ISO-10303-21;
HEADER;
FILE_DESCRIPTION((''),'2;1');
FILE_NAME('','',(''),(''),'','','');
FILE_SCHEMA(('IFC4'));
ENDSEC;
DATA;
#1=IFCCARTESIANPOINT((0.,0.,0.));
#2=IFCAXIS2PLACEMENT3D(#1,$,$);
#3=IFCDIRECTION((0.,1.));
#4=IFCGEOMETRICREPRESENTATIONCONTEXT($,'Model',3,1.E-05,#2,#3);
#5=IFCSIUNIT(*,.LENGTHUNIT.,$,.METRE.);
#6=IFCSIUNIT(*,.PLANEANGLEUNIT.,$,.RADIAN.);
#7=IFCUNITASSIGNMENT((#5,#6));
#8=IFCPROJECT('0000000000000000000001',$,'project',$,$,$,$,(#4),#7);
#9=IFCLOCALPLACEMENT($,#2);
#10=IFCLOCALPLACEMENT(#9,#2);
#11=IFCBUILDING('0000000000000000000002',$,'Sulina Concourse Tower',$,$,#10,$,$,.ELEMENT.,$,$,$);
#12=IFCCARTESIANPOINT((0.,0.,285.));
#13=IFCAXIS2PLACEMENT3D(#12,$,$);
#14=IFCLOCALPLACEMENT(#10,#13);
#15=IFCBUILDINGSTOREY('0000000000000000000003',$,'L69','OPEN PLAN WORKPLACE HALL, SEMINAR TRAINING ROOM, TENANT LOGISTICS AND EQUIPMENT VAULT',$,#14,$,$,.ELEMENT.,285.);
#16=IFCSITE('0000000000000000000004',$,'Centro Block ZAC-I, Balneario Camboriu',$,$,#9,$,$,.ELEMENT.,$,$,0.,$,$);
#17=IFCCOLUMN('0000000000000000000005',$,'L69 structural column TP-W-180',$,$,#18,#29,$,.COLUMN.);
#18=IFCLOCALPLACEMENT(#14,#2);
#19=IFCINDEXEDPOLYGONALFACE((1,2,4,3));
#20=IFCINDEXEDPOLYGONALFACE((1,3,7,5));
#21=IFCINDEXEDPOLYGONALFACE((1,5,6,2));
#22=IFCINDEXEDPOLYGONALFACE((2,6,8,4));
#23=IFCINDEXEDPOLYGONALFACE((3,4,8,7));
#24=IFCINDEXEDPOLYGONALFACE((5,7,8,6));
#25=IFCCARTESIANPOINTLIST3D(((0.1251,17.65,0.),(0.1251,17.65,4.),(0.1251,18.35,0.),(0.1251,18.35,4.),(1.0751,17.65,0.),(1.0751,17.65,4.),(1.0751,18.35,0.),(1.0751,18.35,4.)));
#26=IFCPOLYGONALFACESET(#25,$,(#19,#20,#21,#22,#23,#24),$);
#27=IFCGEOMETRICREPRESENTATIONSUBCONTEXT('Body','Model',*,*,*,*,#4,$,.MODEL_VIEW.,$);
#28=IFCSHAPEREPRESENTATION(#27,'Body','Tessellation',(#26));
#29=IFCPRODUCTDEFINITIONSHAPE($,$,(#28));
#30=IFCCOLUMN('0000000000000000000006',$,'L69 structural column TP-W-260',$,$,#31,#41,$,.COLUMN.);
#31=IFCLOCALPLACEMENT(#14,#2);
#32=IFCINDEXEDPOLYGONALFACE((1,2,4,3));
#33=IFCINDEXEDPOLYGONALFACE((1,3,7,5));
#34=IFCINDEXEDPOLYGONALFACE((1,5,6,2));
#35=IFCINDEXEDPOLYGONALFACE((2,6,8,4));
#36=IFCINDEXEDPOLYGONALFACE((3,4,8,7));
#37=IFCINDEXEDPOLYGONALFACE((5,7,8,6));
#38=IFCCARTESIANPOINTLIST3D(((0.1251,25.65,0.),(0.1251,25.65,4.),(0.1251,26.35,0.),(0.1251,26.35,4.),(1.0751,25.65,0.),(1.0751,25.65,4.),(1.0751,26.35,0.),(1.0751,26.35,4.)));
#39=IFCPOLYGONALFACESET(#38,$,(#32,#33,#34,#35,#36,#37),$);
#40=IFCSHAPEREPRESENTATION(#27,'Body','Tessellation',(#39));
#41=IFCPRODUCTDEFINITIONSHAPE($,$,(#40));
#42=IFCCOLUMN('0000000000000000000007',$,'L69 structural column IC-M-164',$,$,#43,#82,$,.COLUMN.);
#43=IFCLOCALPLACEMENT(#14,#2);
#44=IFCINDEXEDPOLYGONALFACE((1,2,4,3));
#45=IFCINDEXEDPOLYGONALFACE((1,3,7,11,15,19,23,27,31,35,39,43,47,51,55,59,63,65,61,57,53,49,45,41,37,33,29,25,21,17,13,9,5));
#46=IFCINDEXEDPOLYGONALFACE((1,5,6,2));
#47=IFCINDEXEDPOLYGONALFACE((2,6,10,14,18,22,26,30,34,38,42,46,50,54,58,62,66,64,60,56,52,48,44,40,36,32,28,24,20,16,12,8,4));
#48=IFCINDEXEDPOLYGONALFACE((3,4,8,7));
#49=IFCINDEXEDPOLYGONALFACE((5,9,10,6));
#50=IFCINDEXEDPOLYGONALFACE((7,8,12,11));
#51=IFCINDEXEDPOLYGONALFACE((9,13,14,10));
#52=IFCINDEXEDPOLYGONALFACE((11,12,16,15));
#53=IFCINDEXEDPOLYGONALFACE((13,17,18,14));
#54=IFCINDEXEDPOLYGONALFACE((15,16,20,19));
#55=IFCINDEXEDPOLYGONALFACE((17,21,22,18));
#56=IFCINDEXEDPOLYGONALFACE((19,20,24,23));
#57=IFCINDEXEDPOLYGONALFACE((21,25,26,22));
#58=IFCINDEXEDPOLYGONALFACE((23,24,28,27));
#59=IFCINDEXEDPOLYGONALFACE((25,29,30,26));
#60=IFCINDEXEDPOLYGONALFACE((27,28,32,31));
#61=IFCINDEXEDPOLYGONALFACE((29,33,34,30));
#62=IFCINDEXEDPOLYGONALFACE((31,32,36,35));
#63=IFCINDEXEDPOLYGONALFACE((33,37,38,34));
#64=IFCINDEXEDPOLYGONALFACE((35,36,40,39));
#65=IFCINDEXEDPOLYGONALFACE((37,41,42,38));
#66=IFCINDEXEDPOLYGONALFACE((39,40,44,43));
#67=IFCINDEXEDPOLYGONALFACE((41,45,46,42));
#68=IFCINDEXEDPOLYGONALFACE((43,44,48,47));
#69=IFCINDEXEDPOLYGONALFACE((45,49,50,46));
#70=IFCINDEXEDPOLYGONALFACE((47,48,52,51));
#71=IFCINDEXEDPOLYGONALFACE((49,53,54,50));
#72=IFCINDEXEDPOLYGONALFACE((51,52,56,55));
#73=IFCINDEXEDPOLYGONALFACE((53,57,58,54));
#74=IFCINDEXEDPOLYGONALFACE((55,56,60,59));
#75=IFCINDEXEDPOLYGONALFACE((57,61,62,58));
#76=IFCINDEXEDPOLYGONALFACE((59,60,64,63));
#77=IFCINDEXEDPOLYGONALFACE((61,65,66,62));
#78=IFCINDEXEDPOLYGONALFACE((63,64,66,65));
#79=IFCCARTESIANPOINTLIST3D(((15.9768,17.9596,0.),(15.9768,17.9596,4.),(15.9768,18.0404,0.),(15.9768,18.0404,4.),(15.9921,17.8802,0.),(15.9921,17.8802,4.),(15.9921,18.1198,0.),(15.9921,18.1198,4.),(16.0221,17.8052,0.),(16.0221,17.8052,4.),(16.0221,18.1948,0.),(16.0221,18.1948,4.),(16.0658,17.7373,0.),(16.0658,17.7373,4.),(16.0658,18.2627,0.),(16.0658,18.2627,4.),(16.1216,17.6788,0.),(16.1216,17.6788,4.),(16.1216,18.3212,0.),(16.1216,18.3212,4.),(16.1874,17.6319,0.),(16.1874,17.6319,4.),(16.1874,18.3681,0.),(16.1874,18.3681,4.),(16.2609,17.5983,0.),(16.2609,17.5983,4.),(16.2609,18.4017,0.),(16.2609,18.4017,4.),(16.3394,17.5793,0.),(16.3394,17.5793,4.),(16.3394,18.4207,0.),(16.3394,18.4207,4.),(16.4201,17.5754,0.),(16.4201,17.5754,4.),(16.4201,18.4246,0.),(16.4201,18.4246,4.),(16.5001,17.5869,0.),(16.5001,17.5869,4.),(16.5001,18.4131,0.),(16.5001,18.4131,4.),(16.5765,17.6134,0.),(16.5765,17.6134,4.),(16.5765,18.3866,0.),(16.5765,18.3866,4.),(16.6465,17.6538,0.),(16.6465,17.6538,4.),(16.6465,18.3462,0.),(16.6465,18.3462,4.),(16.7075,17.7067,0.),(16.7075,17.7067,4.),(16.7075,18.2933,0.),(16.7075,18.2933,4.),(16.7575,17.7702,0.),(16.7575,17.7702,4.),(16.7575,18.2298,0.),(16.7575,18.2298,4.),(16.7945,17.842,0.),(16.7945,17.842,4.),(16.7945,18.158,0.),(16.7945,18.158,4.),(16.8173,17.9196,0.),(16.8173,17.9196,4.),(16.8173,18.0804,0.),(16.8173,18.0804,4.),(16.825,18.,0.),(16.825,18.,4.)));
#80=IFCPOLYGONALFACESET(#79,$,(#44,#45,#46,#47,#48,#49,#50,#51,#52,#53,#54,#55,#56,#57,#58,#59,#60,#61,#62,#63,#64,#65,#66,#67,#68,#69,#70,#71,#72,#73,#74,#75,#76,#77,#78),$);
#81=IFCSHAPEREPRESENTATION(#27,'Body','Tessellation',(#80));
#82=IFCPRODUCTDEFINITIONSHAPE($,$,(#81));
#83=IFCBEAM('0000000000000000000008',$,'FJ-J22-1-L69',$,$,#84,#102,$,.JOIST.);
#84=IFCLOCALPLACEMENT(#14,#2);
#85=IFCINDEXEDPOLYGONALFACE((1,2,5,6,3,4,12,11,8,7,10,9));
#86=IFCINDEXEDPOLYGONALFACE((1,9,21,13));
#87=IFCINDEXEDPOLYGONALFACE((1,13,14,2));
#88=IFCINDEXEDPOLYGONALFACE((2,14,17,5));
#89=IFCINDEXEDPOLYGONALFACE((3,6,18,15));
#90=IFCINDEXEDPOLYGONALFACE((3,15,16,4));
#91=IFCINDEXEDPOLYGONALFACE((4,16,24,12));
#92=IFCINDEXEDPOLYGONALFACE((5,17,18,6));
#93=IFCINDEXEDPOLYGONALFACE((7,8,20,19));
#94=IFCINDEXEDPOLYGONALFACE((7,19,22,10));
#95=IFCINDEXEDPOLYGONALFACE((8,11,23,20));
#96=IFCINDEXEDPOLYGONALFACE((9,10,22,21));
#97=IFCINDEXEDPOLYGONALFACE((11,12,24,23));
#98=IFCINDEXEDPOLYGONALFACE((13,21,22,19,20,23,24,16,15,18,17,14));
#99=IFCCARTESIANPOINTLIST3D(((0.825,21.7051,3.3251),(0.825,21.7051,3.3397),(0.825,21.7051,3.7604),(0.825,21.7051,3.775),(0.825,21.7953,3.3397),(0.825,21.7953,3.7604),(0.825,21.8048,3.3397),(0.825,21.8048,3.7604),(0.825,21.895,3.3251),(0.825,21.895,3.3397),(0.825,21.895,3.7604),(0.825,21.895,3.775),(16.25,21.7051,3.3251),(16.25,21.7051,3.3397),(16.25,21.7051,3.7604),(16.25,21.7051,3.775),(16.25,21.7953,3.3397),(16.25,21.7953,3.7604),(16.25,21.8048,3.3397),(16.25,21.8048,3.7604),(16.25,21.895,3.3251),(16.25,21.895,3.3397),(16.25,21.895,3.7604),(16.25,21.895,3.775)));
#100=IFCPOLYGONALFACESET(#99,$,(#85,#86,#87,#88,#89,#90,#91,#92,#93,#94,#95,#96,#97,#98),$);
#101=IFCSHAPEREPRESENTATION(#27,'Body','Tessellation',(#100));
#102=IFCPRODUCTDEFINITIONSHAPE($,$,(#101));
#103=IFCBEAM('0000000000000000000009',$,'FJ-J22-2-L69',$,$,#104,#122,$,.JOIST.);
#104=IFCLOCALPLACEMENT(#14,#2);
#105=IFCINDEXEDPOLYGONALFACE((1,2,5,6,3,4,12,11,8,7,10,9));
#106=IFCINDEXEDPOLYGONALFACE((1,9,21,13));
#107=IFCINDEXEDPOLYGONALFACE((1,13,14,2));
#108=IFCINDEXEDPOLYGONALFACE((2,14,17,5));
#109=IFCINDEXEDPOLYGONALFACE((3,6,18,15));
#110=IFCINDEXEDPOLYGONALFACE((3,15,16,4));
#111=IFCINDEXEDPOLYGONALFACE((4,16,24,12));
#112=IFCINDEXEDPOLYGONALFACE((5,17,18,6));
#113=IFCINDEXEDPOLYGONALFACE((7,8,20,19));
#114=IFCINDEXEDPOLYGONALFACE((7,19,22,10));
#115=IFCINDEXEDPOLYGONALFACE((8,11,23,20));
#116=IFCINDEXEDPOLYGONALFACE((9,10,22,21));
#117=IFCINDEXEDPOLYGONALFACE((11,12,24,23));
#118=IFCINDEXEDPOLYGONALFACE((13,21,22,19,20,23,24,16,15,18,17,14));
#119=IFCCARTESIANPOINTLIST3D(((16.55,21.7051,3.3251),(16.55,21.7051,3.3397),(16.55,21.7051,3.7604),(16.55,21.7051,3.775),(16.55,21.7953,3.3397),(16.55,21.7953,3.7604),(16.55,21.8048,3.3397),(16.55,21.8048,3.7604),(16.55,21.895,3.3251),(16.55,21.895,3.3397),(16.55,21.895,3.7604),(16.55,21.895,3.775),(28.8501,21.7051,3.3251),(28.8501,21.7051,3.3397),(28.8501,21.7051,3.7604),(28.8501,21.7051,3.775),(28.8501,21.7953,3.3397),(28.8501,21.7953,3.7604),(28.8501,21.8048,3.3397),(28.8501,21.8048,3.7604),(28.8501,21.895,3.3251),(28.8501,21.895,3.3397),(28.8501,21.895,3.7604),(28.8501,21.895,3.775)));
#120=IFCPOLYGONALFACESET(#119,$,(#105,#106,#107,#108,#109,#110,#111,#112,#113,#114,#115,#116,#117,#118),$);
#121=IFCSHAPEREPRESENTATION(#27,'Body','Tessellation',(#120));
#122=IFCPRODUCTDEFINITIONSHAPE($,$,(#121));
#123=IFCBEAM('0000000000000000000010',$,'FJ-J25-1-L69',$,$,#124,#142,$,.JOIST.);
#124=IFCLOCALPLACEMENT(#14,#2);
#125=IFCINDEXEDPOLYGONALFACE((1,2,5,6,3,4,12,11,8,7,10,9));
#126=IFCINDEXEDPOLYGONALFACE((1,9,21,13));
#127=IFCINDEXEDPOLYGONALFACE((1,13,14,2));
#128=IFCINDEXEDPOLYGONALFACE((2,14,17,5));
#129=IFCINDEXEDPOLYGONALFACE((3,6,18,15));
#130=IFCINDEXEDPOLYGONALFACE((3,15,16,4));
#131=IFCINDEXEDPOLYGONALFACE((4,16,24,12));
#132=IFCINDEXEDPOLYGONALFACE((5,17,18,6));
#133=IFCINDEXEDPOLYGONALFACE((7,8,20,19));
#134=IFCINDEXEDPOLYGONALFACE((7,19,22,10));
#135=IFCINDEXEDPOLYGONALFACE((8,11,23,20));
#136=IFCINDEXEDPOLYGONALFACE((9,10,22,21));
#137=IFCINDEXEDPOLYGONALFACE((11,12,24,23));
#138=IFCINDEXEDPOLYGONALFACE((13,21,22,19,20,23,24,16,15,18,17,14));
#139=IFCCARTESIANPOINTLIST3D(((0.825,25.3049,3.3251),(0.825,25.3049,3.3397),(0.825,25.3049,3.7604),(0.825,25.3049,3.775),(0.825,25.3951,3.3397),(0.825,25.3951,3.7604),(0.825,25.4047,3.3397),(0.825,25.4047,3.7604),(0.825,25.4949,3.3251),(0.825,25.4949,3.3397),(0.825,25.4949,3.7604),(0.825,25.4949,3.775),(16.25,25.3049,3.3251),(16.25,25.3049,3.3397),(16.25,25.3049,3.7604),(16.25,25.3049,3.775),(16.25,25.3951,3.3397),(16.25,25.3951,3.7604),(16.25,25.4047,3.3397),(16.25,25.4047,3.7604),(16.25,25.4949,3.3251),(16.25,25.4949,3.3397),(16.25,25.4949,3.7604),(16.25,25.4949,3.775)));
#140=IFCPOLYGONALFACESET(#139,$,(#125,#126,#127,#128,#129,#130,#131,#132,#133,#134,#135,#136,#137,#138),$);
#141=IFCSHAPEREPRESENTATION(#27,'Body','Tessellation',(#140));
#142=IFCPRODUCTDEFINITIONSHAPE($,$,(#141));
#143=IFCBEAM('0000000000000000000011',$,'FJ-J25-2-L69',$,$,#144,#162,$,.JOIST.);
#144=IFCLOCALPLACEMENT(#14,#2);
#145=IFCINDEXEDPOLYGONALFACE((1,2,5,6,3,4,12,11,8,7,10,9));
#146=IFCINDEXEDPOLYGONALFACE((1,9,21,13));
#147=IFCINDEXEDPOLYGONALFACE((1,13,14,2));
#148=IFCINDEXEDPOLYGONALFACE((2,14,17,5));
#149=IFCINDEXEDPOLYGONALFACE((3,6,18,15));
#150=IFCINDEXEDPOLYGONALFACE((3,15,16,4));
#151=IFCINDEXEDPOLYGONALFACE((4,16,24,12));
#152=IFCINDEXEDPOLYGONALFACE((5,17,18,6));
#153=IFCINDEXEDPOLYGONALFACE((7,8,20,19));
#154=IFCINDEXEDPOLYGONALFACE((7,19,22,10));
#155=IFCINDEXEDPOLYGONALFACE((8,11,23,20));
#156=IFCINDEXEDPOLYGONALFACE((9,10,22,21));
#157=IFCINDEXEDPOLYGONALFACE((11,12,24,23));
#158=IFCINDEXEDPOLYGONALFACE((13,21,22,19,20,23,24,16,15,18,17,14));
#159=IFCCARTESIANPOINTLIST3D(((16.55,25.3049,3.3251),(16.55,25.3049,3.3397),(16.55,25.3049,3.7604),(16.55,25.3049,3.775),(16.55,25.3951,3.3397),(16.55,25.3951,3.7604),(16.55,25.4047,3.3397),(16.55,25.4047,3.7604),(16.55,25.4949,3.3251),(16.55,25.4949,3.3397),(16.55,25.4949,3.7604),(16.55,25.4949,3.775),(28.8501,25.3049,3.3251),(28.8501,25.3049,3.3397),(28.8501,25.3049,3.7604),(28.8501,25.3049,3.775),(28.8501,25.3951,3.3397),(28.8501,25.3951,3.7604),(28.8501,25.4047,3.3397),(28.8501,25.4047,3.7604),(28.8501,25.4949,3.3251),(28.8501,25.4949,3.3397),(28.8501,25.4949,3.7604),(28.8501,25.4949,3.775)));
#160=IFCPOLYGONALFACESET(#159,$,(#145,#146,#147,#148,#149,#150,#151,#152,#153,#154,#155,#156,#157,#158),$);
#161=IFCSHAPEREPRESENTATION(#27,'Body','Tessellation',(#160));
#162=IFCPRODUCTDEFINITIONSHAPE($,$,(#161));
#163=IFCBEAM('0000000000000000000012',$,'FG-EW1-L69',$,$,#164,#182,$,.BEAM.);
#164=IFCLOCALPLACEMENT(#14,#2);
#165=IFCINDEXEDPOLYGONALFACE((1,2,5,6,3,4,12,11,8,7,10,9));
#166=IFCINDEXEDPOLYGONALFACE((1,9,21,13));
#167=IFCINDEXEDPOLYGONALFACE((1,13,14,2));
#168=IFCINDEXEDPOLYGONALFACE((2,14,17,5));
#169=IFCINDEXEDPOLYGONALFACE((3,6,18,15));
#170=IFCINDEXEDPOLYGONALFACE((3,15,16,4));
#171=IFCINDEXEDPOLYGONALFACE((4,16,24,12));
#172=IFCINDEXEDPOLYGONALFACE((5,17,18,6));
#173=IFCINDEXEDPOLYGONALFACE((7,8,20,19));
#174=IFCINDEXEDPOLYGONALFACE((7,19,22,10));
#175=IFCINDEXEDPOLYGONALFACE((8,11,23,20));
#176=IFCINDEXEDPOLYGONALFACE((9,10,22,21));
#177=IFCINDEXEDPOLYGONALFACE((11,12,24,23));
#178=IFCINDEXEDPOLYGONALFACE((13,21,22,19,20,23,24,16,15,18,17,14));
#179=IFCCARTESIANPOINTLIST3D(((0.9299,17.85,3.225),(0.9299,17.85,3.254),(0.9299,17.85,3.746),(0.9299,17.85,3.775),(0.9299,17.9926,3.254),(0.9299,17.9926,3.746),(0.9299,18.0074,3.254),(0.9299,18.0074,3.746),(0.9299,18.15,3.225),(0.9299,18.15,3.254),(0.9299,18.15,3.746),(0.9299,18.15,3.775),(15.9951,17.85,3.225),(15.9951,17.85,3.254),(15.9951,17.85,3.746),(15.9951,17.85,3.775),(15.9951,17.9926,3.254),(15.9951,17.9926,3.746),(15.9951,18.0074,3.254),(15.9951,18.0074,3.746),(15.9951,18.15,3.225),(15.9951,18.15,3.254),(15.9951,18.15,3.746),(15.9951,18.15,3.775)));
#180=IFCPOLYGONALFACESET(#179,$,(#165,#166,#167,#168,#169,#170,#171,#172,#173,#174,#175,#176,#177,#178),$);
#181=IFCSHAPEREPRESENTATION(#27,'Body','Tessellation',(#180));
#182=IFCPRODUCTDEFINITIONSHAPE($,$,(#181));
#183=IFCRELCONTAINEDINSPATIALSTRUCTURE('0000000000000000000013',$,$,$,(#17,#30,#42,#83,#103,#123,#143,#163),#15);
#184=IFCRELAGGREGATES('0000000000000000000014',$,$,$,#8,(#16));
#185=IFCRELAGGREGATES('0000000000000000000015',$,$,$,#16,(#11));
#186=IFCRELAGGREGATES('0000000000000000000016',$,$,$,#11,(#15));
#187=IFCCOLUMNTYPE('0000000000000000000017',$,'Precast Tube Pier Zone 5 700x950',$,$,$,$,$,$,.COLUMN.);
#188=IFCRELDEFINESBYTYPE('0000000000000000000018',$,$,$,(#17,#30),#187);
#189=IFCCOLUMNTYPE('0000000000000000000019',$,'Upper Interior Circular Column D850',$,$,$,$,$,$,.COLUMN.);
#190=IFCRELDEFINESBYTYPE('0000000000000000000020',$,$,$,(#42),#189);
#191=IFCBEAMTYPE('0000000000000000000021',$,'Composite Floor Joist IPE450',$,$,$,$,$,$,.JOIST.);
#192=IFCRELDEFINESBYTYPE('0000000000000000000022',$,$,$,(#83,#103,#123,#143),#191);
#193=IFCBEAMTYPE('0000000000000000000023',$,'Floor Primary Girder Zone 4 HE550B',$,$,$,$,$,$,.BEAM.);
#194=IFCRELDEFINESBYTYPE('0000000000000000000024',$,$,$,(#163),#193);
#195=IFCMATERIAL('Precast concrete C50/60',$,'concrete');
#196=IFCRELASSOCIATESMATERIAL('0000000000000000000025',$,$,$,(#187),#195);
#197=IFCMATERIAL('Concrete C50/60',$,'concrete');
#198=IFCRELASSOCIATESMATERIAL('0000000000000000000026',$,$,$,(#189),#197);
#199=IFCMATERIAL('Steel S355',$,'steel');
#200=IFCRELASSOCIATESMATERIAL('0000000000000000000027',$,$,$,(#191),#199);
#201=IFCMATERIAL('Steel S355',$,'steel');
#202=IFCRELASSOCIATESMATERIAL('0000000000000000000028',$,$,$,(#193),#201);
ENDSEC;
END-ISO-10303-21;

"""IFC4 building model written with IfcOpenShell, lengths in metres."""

from ifc_helpers import new_model, si_unit, direction, frame, origin, origin_2d, place, context, subcontext, project, spatial, rectangle, circle, i_section, extrude, material, material_profile, profile_set, type_object, element, save


model = new_model("IFC4")

# Units and contexts
model_context = context("Model", 3, precision=1e-05, world=origin(), true_north=direction((0.0, 1.0)))
body_context = subcontext(model_context, "Body", "Model", "MODEL_VIEW")
ifc_project = project(units=[si_unit("LENGTHUNIT", "METRE"), si_unit("PLANEANGLEUNIT", "RADIAN")], contexts=[model_context])

# Site, building, storey
site_placement = place(None, origin())
site = spatial("IfcSite", under=ifc_project, at=site_placement, Name="Centro Block ZAC-I, Balneario Camboriu", CompositionType="ELEMENT", RefElevation=0.0)
building_placement = place(site_placement, origin())
building = spatial("IfcBuilding", under=site, at=building_placement, Name="Sulina Concourse Tower", CompositionType="ELEMENT")
storey_placement = place(building_placement, frame((0.0, 0.0, 285.0)))
storey = spatial("IfcBuildingStorey", under=building, at=storey_placement, Name="L69", Description="OPEN PLAN WORKPLACE HALL, SEMINAR TRAINING ROOM, TENANT LOGISTICS AND EQUIPMENT VAULT", CompositionType="ELEMENT", Elevation=285.0)

# Columns
ifc_material_1 = material(Name="Precast concrete C50/60", Category="concrete")
ifc_material_profile_1 = material_profile(ifc_material_1, rectangle(XDim=0.7, YDim=0.95, at=origin_2d()), Name="PC 700x950")
ifc_profile_set_1 = profile_set([ifc_material_profile_1], Name="Precast concrete C50/60")
column_type_1 = type_object("IfcColumnType", Name="Precast Tube Pier Zone 5 700x950", PredefinedType="COLUMN", material=ifc_profile_set_1)
for number, where, z_axis, x_axis, name in (
    (1, (0.6001, 18.0, 0.0), (0.0, 0.0, 1.0), (0.0, 1.0, 0.0), "L69 structural column TP-W-180"),
    (2, (0.6001, 26.0, 0.0), (0.0, 0.0, 1.0), (0.0, 1.0, 0.0), "L69 structural column TP-W-260"),
):
    element("IfcColumn", number, at=place(storey_placement, frame(where, z_axis=z_axis, x_axis=x_axis)), inside=storey, type_object=column_type_1, Name=name, PredefinedType="COLUMN", context=body_context, shape_type="SweptSolid", body=[
        extrude(rectangle(XDim=0.7, YDim=0.95, at=origin_2d()), origin(), (0.0, 0.0, 1.0), 4.0),
    ])
ifc_material_2 = material(Name="Concrete C50/60", Category="concrete")
ifc_material_profile_2 = material_profile(ifc_material_2, circle(Radius=0.425, at=origin_2d()), Name="RC D850")
ifc_profile_set_2 = profile_set([ifc_material_profile_2], Name="Concrete C50/60")
column_type_2 = type_object("IfcColumnType", Name="Upper Interior Circular Column D850", PredefinedType="COLUMN", material=ifc_profile_set_2)
column_placement = place(storey_placement, frame((16.3999, 18.0, 0.0), z_axis=(0.0, 0.0, 1.0), x_axis=(1.0, 0.0, 0.0)))
element("IfcColumn", 3, at=column_placement, inside=storey, type_object=column_type_2, Name="L69 structural column IC-M-164", PredefinedType="COLUMN", context=body_context, shape_type="SweptSolid", body=[
    extrude(circle(Radius=0.425, at=origin_2d()), origin(), (0.0, 0.0, 1.0), 4.0),
])

# Beams
ifc_material_3 = material(Name="Steel S355", Category="steel")
ifc_material_profile_3 = material_profile(ifc_material_3, i_section(OverallWidth=0.1899, OverallDepth=0.45, WebThickness=0.0095, FlangeThickness=0.0146, at=origin_2d()), Name="IPE 450")
ifc_profile_set_3 = profile_set([ifc_material_profile_3], Name="Steel S355")
beam_type_1 = type_object("IfcBeamType", Name="Composite Floor Joist IPE450", PredefinedType="JOIST", material=ifc_profile_set_3)
beam_1_placement = place(storey_placement, frame((0.825, 21.8, 3.55), z_axis=(1.0, 0.0, 0.0), x_axis=(0.0, 1.0, 0.0)))
element("IfcBeam", 4, at=beam_1_placement, inside=storey, type_object=beam_type_1, Name="FJ-J22-1-L69", PredefinedType="JOIST", context=body_context, shape_type="SweptSolid", body=[
    extrude(i_section(OverallWidth=0.1899, OverallDepth=0.45, WebThickness=0.0095, FlangeThickness=0.0146, at=origin_2d()), origin(), (0.0, 0.0, 1.0), 15.425),
])
beam_2_placement = place(storey_placement, frame((16.55, 21.8, 3.55), z_axis=(1.0, 0.0, 0.0), x_axis=(0.0, 1.0, 0.0)))
element("IfcBeam", 5, at=beam_2_placement, inside=storey, type_object=beam_type_1, Name="FJ-J22-2-L69", PredefinedType="JOIST", context=body_context, shape_type="SweptSolid", body=[
    extrude(i_section(OverallWidth=0.1899, OverallDepth=0.45, WebThickness=0.0095, FlangeThickness=0.0146, at=origin_2d()), origin(), (0.0, 0.0, 1.0), 12.3),
])
beam_3_placement = place(storey_placement, frame((0.825, 25.3999, 3.55), z_axis=(1.0, 0.0, 0.0), x_axis=(0.0, 1.0, 0.0)))
element("IfcBeam", 6, at=beam_3_placement, inside=storey, type_object=beam_type_1, Name="FJ-J25-1-L69", PredefinedType="JOIST", context=body_context, shape_type="SweptSolid", body=[
    extrude(i_section(OverallWidth=0.1899, OverallDepth=0.45, WebThickness=0.0095, FlangeThickness=0.0146, at=origin_2d()), origin(), (0.0, 0.0, 1.0), 15.425),
])
beam_4_placement = place(storey_placement, frame((16.55, 25.3999, 3.55), z_axis=(1.0, 0.0, 0.0), x_axis=(0.0, 1.0, 0.0)))
element("IfcBeam", 7, at=beam_4_placement, inside=storey, type_object=beam_type_1, Name="FJ-J25-2-L69", PredefinedType="JOIST", context=body_context, shape_type="SweptSolid", body=[
    extrude(i_section(OverallWidth=0.1899, OverallDepth=0.45, WebThickness=0.0095, FlangeThickness=0.0146, at=origin_2d()), origin(), (0.0, 0.0, 1.0), 12.3),
])
ifc_material_4 = material(Name="Steel S355", Category="steel")
ifc_material_profile_4 = material_profile(ifc_material_4, i_section(OverallWidth=0.3, OverallDepth=0.55, WebThickness=0.0149, FlangeThickness=0.0291, at=origin_2d()), Name="HE 550 B")
ifc_profile_set_4 = profile_set([ifc_material_profile_4], Name="Steel S355")
beam_type_2 = type_object("IfcBeamType", Name="Floor Primary Girder Zone 4 HE550B", PredefinedType="BEAM", material=ifc_profile_set_4)
beam_5_placement = place(storey_placement, frame((0.9299, 18.0, 3.5), z_axis=(1.0, 0.0, 0.0), x_axis=(0.0, 1.0, 0.0)))
element("IfcBeam", 8, at=beam_5_placement, inside=storey, type_object=beam_type_2, Name="FG-EW1-L69", PredefinedType="BEAM", context=body_context, shape_type="SweptSolid", body=[
    extrude(i_section(OverallWidth=0.3, OverallDepth=0.55, WebThickness=0.0149, FlangeThickness=0.0291, at=origin_2d()), origin(), (0.0, 0.0, 1.0), 15.0652),
])

save(model, "model.ifc")
